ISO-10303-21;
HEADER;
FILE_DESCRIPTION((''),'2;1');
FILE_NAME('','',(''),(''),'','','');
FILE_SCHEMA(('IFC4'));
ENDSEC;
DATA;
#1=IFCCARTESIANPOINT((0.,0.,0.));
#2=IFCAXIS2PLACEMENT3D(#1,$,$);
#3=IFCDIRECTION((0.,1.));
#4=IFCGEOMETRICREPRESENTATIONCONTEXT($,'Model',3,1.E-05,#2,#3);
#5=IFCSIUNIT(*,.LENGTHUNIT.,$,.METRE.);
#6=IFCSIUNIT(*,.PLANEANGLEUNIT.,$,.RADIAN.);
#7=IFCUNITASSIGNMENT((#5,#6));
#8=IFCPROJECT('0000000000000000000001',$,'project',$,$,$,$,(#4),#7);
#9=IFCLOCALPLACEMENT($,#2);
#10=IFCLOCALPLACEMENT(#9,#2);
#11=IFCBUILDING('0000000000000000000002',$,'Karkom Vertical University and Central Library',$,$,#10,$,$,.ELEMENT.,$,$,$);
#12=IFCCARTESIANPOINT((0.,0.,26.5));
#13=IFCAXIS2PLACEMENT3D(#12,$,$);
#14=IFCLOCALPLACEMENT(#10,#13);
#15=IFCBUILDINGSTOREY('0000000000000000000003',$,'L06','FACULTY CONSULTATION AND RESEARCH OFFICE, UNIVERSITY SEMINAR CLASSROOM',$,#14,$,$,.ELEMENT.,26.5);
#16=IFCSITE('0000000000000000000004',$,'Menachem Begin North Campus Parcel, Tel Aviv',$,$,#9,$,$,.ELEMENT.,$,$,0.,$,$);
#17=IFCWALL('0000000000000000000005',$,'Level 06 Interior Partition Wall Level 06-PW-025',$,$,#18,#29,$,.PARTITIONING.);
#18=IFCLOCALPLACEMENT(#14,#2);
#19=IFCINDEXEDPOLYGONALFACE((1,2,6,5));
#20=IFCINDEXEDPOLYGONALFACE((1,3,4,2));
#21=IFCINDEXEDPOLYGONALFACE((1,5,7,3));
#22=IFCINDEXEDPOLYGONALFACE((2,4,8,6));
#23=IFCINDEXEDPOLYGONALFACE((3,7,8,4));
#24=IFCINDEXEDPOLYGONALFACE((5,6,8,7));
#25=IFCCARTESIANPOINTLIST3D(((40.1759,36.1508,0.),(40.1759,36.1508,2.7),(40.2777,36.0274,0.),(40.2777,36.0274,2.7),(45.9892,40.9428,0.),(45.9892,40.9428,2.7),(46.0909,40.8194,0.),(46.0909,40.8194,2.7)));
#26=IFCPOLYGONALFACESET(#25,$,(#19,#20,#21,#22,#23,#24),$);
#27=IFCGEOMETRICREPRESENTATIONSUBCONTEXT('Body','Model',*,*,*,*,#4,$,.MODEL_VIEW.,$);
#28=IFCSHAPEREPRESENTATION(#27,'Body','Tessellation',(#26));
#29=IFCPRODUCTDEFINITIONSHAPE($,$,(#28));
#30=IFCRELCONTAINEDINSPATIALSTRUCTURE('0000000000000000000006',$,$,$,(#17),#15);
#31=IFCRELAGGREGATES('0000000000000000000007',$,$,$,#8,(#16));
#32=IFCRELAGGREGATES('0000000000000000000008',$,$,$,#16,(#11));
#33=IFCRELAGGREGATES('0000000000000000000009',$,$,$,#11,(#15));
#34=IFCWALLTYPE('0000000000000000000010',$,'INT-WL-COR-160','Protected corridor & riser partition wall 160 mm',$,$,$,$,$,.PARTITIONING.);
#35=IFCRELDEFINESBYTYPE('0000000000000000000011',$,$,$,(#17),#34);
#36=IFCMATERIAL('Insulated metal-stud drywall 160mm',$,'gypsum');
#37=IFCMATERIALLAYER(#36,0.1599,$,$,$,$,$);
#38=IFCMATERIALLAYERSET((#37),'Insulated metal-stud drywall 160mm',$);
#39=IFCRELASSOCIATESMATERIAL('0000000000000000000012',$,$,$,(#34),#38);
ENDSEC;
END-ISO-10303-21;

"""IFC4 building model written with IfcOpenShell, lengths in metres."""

from ifc_helpers import new_model, si_unit, direction, frame, frame_2d, origin, place, context, subcontext, project, spatial, rectangle, extrude, material, layer, layer_set, type_object, element, save


model = new_model("IFC4")

# Units and contexts
model_context = context("Model", 3, precision=1e-05, world=origin(), true_north=direction((0.0, 1.0)))
body_context = subcontext(model_context, "Body", "Model", "MODEL_VIEW")
ifc_project = project(units=[si_unit("LENGTHUNIT", "METRE"), si_unit("PLANEANGLEUNIT", "RADIAN")], contexts=[model_context])

# Site, building, storey
site_placement = place(None, origin())
site = spatial("IfcSite", under=ifc_project, at=site_placement, Name="Menachem Begin North Campus Parcel, Tel Aviv", CompositionType="ELEMENT", RefElevation=0.0)
building_placement = place(site_placement, origin())
building = spatial("IfcBuilding", under=site, at=building_placement, Name="Karkom Vertical University and Central Library", CompositionType="ELEMENT")
storey_placement = place(building_placement, frame((0.0, 0.0, 26.5)))
storey = spatial("IfcBuildingStorey", under=building, at=storey_placement, Name="L06", Description="FACULTY CONSULTATION AND RESEARCH OFFICE, UNIVERSITY SEMINAR CLASSROOM", CompositionType="ELEMENT", Elevation=26.5)

# Shared definitions
ifc_material_1 = material(Name="Insulated metal-stud drywall 160mm", Category="gypsum")
ifc_layer = layer(ifc_material_1, 0.1599)
ifc_layer_set = layer_set([ifc_layer], Name="Insulated metal-stud drywall 160mm")
wall_type = type_object("IfcWallType", Name="INT-WL-COR-160", Description="Protected corridor & riser partition wall 160 mm", PredefinedType="PARTITIONING", material=ifc_layer_set)

# Wall
wall_1_placement = place(storey_placement, frame((40.2268, 36.0891, 0.0), z_axis=(0.0, 0.0, 1.0), x_axis=(0.771629, 0.636073, 0.0)))
element("IfcWall", 1, at=wall_1_placement, inside=storey, type_object=wall_type, Name="Level 06 Interior Partition Wall Level 06-PW-025", PredefinedType="PARTITIONING", context=body_context, shape_type="SweptSolid", body=[
    extrude(rectangle(XDim=7.5337, YDim=0.1599, at=frame_2d((3.7668, 0.0))), origin(), (0.0, 0.0, 1.0), 2.7),
])

save(model, "model.ifc")
